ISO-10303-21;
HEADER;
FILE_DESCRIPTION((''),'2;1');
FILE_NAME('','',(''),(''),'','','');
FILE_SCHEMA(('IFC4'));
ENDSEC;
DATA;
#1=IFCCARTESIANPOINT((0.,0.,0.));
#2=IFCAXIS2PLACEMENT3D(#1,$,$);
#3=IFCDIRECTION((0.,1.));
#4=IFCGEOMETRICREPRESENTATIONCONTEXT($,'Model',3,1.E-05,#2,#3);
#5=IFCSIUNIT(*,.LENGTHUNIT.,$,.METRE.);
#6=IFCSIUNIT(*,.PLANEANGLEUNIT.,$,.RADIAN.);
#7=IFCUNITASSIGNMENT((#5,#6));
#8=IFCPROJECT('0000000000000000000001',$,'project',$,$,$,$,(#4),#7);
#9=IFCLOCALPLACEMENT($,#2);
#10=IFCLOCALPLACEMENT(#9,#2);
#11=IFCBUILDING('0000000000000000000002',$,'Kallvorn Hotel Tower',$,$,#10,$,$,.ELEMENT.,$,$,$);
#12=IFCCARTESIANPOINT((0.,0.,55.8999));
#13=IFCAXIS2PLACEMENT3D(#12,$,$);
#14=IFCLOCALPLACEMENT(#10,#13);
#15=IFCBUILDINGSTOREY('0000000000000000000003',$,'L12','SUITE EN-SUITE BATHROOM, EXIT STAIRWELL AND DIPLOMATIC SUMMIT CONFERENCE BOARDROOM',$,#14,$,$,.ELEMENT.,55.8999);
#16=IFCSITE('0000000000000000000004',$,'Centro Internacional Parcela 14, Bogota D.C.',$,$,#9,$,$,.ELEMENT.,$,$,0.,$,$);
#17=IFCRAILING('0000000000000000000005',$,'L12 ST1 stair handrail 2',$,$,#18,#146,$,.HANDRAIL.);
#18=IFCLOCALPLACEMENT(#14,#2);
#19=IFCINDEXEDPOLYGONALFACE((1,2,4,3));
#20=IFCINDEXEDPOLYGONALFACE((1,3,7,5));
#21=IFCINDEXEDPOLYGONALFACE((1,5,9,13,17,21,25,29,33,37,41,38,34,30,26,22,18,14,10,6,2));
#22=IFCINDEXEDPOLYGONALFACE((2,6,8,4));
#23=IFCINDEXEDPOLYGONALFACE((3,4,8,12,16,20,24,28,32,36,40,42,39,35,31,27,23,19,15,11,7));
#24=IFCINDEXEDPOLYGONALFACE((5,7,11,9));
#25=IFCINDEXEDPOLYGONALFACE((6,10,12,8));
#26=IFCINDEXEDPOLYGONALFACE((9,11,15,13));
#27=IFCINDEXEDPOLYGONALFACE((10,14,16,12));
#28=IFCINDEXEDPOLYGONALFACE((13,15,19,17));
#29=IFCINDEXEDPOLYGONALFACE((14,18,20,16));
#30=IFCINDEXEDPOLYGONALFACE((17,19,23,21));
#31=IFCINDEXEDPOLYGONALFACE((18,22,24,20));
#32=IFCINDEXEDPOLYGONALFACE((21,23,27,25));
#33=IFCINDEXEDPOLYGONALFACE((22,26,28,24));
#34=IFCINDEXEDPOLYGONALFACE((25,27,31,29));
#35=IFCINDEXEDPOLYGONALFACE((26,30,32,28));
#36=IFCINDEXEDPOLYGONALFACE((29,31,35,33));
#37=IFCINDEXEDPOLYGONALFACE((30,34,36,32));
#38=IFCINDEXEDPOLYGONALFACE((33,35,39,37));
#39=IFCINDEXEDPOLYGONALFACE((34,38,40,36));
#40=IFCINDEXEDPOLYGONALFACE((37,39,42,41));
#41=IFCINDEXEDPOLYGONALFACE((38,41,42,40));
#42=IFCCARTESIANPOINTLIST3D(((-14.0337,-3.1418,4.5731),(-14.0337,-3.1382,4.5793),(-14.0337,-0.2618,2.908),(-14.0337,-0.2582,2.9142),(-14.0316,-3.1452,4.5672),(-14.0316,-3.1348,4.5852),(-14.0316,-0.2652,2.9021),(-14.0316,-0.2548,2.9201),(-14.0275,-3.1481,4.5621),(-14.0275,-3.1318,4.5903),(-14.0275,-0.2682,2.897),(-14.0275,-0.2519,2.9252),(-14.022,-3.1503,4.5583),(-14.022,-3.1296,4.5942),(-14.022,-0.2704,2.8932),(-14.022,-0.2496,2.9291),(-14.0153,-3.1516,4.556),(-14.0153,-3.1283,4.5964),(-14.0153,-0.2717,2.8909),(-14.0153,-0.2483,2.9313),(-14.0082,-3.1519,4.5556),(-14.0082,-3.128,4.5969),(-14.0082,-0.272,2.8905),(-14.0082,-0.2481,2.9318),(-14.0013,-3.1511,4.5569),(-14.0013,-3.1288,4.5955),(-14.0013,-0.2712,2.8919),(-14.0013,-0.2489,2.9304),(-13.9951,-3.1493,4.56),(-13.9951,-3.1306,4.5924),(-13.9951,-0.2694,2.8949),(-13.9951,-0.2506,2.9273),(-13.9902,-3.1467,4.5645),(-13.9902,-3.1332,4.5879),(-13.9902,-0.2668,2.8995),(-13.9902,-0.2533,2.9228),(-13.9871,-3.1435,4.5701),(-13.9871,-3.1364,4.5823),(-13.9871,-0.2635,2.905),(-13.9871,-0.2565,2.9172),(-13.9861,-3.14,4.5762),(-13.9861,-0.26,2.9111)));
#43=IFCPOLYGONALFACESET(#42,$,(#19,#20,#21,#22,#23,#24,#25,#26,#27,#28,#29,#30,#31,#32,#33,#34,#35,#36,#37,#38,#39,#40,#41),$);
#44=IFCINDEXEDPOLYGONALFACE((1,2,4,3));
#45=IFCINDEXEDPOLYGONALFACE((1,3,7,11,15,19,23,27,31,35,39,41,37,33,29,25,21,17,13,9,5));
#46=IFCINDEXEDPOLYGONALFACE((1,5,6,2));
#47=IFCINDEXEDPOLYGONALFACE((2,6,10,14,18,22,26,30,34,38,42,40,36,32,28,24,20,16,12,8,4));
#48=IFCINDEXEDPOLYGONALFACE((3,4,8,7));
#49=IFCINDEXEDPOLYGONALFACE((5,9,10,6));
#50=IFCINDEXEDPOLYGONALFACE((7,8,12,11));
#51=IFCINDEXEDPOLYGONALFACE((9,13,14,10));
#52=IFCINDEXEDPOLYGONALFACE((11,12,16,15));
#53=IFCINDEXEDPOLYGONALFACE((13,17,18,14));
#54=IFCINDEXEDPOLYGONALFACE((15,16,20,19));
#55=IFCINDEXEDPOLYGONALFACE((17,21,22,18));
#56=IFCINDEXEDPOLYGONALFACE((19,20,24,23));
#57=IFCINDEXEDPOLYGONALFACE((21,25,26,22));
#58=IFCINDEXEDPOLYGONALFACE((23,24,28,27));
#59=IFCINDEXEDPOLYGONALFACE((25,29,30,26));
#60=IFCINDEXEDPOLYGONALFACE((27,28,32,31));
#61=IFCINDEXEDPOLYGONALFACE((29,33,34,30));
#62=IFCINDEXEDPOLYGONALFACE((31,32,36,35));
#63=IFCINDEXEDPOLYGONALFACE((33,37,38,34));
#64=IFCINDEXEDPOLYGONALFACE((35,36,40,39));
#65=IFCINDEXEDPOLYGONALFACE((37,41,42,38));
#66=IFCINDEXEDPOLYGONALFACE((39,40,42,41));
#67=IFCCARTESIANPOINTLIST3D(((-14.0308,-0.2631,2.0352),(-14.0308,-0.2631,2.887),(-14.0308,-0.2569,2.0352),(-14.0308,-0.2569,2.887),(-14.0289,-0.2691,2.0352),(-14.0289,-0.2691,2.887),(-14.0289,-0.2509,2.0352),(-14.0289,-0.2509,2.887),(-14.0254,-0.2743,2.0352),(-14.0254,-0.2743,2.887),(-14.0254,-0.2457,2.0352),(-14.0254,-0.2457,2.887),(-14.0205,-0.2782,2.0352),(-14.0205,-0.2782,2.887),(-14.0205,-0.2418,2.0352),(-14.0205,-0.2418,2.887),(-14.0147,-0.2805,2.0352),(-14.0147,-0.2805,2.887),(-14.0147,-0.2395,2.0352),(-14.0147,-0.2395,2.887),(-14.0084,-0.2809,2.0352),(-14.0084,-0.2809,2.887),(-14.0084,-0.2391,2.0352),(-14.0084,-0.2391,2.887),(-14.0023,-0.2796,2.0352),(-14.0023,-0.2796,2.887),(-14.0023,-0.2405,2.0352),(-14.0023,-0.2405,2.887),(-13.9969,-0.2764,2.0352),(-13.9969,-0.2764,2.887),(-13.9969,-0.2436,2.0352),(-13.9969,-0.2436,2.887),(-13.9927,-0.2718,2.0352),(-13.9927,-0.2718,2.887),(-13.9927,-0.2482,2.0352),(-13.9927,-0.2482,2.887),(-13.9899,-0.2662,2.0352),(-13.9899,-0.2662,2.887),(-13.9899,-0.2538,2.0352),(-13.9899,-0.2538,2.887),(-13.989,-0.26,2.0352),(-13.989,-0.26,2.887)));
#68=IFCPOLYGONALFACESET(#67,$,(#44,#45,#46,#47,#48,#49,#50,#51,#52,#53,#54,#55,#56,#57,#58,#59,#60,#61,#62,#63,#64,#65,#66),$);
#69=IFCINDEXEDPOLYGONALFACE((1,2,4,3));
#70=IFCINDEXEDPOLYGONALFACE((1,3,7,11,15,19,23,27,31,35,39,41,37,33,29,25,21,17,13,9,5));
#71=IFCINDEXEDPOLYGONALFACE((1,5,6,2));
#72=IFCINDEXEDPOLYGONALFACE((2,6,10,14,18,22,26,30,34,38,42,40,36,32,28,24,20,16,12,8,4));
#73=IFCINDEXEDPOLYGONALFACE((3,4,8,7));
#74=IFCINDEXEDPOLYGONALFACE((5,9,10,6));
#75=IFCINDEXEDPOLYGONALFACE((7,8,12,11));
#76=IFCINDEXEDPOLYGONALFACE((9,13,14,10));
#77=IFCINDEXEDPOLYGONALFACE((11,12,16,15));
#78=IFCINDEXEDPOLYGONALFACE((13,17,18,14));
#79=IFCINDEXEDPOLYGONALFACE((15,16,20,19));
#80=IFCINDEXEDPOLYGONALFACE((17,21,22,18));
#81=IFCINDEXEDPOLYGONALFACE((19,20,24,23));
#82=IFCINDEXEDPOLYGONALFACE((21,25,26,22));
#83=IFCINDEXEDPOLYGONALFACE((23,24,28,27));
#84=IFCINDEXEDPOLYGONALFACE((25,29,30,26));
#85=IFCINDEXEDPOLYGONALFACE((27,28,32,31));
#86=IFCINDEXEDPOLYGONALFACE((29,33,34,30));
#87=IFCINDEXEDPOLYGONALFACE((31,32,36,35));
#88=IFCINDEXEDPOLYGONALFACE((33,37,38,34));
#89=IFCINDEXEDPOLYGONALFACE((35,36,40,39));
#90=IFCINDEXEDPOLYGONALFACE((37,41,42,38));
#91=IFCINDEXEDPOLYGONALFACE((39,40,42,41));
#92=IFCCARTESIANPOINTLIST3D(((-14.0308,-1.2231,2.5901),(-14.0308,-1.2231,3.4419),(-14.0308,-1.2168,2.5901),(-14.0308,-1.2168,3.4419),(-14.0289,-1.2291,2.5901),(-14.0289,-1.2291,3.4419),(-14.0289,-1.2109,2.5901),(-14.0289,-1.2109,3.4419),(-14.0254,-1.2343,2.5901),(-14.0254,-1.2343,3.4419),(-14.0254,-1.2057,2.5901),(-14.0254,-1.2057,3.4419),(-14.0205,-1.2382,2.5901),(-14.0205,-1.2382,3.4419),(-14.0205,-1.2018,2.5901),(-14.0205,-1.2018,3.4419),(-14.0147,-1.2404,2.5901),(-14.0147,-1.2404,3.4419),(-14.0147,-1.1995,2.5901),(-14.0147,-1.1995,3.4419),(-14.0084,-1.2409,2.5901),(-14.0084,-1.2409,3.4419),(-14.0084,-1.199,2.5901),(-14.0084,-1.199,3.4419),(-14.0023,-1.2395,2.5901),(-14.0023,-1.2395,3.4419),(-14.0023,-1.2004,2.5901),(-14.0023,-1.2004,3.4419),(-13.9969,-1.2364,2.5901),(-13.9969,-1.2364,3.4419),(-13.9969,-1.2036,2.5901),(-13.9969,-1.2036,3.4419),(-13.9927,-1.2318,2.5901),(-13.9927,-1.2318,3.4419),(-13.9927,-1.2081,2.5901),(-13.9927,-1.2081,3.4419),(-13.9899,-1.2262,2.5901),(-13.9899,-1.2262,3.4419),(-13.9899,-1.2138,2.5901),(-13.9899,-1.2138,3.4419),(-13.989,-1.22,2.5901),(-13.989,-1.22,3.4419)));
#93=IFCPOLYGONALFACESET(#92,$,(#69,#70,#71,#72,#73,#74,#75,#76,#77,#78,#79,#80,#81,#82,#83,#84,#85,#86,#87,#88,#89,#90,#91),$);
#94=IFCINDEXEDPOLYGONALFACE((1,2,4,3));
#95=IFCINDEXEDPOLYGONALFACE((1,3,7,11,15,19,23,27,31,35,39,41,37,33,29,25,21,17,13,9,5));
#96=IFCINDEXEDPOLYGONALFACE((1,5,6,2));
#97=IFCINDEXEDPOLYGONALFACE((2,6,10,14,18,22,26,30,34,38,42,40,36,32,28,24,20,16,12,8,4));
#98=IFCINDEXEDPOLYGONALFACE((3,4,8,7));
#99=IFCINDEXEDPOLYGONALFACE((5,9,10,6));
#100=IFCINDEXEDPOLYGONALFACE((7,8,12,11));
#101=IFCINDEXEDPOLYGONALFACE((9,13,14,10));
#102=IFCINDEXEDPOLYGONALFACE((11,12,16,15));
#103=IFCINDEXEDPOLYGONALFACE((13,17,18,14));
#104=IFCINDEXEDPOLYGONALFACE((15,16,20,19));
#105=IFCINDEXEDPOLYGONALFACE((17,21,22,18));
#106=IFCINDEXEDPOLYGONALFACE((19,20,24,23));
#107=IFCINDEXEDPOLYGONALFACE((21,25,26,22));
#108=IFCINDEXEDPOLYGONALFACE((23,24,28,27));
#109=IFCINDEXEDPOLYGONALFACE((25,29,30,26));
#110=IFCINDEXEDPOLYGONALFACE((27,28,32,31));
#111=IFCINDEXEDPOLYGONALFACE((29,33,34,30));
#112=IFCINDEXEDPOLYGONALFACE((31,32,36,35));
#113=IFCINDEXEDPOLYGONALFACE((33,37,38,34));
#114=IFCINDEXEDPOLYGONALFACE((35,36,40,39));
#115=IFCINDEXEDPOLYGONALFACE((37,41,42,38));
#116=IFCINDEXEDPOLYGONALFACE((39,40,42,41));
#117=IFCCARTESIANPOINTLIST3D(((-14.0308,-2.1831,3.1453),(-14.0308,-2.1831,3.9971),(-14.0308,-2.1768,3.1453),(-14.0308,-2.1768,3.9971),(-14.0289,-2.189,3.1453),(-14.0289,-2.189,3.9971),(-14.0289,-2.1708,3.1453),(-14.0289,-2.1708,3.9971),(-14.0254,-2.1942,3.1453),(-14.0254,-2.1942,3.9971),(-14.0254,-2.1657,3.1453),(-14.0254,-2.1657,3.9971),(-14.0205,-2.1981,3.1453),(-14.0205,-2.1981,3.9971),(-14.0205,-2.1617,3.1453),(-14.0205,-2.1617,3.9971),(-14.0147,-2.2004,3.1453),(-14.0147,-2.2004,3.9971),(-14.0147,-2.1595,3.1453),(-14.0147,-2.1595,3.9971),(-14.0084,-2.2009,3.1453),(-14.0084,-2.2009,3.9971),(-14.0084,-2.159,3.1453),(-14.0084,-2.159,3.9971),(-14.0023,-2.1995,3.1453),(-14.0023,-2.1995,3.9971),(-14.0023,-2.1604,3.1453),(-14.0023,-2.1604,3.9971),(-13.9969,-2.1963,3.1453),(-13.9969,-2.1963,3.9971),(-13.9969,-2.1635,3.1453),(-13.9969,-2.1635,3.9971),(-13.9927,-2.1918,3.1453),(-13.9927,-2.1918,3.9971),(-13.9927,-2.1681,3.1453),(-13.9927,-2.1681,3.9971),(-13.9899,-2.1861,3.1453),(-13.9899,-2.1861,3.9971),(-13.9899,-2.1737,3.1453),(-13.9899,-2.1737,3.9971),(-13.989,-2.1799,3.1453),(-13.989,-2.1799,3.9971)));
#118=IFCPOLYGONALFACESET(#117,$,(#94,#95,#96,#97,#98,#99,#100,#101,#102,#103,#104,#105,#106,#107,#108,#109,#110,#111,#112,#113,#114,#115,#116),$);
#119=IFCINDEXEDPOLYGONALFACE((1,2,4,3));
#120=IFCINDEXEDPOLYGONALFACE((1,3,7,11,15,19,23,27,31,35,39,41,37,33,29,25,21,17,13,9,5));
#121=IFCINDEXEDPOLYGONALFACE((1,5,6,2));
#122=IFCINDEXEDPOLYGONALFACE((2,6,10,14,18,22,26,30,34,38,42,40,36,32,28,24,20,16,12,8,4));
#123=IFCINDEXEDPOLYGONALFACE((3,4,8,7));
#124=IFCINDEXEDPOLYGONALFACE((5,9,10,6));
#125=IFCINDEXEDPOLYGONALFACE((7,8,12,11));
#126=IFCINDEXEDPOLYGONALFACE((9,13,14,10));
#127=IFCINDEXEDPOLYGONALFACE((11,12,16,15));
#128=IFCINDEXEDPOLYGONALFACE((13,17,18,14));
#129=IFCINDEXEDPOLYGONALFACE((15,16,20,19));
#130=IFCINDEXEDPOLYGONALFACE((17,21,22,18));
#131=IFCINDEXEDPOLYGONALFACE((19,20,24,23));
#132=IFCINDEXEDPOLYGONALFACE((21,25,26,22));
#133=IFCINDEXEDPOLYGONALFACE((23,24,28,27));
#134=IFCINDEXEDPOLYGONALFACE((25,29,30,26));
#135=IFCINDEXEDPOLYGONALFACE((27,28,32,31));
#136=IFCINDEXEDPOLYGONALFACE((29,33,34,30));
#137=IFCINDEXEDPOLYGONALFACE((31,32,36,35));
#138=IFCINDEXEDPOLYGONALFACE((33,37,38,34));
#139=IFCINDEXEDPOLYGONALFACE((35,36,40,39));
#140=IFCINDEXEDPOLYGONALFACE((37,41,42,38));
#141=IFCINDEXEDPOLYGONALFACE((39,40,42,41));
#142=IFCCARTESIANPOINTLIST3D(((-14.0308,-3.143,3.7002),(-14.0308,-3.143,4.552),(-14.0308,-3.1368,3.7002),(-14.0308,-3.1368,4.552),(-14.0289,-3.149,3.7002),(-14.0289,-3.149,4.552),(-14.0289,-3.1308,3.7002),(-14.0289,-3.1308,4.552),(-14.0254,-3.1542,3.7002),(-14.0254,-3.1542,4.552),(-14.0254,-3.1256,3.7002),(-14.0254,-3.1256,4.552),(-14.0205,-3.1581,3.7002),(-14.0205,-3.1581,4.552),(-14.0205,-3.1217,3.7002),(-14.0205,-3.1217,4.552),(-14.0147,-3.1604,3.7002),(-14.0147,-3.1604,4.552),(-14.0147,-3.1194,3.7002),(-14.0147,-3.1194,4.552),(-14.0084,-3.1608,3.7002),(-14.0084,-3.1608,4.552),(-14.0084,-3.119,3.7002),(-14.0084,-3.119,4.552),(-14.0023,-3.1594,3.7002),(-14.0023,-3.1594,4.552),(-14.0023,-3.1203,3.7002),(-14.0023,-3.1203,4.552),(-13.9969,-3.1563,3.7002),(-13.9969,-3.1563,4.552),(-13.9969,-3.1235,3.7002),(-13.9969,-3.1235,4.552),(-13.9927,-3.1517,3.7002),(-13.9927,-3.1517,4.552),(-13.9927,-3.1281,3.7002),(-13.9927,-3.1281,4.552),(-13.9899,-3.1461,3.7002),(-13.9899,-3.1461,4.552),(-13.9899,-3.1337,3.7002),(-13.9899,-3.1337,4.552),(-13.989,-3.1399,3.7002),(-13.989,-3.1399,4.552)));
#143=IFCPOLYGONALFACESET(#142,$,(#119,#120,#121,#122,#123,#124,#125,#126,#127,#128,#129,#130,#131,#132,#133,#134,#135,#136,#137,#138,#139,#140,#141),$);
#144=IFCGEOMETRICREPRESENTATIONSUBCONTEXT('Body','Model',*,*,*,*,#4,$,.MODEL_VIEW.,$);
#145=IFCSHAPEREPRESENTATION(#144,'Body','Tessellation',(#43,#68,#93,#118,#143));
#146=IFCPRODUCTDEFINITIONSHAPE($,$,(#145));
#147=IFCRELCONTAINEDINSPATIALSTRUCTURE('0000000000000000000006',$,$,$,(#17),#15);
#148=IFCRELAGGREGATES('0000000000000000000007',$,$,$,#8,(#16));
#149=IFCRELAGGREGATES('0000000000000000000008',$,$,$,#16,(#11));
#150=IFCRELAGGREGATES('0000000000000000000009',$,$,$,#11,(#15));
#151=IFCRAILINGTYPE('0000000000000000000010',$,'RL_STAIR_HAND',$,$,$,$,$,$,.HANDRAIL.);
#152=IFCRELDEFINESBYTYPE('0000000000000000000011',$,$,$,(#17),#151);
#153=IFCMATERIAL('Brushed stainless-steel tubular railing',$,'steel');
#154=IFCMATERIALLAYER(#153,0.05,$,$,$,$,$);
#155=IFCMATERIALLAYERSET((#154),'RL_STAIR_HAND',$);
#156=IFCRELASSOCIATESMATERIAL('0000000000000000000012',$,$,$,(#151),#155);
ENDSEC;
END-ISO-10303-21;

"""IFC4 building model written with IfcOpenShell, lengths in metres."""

from ifc_helpers import new_model, si_unit, direction, frame, origin, origin_2d, place, context, subcontext, project, spatial, circle, extrude, material, layer, layer_set, type_object, element, save


model = new_model("IFC4")

# Units and contexts
model_context = context("Model", 3, precision=1e-05, world=origin(), true_north=direction((0.0, 1.0)))
body_context = subcontext(model_context, "Body", "Model", "MODEL_VIEW")
ifc_project = project(units=[si_unit("LENGTHUNIT", "METRE"), si_unit("PLANEANGLEUNIT", "RADIAN")], contexts=[model_context])

# Site, building, storey
site_placement = place(None, origin())
site = spatial("IfcSite", under=ifc_project, at=site_placement, Name="Centro Internacional Parcela 14, Bogota D.C.", CompositionType="ELEMENT", RefElevation=0.0)
building_placement = place(site_placement, origin())
building = spatial("IfcBuilding", under=site, at=building_placement, Name="Kallvorn Hotel Tower", CompositionType="ELEMENT")
storey_placement = place(building_placement, frame((0.0, 0.0, 55.8999)))
storey = spatial("IfcBuildingStorey", under=building, at=storey_placement, Name="L12", Description="SUITE EN-SUITE BATHROOM, EXIT STAIRWELL AND DIPLOMATIC SUMMIT CONFERENCE BOARDROOM", CompositionType="ELEMENT", Elevation=55.8999)

# Railing
ifc_material_1 = material(Name="Brushed stainless-steel tubular railing", Category="steel")
ifc_layer_1 = layer(ifc_material_1, 0.05)
ifc_layer_set_1 = layer_set([ifc_layer_1], Name="RL_STAIR_HAND")
railing_type_1 = type_object("IfcRailingType", Name="RL_STAIR_HAND", PredefinedType="HANDRAIL", material=ifc_layer_set_1)
railing_1_placement = place(storey_placement, frame((-14.01, -0.26, 2.0352)))
element("IfcRailing", 1, at=railing_1_placement, inside=storey, type_object=railing_type_1, Name="L12 ST1 stair handrail 2", PredefinedType="HANDRAIL", context=body_context, shape_type="SweptSolid", body=[
    extrude(circle(Radius=0.0239, at=origin_2d()), frame((0.0, 0.0, 0.876), z_axis=(0.0, -0.865721, 0.500527), x_axis=(1.0, 0.0, 0.0)), (0.0, 0.0, 1.0), 3.3267),
    extrude(circle(Radius=0.021, at=origin_2d()), origin(), (0.0, 0.0, 1.0), 0.8518),
    extrude(circle(Radius=0.021, at=origin_2d()), frame((0.0, -0.96, 0.5549)), (0.0, 0.0, 1.0), 0.8518),
    extrude(circle(Radius=0.021, at=origin_2d()), frame((0.0, -1.9199, 1.1101)), (0.0, 0.0, 1.0), 0.8518),
    extrude(circle(Radius=0.021, at=origin_2d()), frame((0.0, -2.8799, 1.665)), (0.0, 0.0, 1.0), 0.8518),
])

save(model, "model.ifc")
